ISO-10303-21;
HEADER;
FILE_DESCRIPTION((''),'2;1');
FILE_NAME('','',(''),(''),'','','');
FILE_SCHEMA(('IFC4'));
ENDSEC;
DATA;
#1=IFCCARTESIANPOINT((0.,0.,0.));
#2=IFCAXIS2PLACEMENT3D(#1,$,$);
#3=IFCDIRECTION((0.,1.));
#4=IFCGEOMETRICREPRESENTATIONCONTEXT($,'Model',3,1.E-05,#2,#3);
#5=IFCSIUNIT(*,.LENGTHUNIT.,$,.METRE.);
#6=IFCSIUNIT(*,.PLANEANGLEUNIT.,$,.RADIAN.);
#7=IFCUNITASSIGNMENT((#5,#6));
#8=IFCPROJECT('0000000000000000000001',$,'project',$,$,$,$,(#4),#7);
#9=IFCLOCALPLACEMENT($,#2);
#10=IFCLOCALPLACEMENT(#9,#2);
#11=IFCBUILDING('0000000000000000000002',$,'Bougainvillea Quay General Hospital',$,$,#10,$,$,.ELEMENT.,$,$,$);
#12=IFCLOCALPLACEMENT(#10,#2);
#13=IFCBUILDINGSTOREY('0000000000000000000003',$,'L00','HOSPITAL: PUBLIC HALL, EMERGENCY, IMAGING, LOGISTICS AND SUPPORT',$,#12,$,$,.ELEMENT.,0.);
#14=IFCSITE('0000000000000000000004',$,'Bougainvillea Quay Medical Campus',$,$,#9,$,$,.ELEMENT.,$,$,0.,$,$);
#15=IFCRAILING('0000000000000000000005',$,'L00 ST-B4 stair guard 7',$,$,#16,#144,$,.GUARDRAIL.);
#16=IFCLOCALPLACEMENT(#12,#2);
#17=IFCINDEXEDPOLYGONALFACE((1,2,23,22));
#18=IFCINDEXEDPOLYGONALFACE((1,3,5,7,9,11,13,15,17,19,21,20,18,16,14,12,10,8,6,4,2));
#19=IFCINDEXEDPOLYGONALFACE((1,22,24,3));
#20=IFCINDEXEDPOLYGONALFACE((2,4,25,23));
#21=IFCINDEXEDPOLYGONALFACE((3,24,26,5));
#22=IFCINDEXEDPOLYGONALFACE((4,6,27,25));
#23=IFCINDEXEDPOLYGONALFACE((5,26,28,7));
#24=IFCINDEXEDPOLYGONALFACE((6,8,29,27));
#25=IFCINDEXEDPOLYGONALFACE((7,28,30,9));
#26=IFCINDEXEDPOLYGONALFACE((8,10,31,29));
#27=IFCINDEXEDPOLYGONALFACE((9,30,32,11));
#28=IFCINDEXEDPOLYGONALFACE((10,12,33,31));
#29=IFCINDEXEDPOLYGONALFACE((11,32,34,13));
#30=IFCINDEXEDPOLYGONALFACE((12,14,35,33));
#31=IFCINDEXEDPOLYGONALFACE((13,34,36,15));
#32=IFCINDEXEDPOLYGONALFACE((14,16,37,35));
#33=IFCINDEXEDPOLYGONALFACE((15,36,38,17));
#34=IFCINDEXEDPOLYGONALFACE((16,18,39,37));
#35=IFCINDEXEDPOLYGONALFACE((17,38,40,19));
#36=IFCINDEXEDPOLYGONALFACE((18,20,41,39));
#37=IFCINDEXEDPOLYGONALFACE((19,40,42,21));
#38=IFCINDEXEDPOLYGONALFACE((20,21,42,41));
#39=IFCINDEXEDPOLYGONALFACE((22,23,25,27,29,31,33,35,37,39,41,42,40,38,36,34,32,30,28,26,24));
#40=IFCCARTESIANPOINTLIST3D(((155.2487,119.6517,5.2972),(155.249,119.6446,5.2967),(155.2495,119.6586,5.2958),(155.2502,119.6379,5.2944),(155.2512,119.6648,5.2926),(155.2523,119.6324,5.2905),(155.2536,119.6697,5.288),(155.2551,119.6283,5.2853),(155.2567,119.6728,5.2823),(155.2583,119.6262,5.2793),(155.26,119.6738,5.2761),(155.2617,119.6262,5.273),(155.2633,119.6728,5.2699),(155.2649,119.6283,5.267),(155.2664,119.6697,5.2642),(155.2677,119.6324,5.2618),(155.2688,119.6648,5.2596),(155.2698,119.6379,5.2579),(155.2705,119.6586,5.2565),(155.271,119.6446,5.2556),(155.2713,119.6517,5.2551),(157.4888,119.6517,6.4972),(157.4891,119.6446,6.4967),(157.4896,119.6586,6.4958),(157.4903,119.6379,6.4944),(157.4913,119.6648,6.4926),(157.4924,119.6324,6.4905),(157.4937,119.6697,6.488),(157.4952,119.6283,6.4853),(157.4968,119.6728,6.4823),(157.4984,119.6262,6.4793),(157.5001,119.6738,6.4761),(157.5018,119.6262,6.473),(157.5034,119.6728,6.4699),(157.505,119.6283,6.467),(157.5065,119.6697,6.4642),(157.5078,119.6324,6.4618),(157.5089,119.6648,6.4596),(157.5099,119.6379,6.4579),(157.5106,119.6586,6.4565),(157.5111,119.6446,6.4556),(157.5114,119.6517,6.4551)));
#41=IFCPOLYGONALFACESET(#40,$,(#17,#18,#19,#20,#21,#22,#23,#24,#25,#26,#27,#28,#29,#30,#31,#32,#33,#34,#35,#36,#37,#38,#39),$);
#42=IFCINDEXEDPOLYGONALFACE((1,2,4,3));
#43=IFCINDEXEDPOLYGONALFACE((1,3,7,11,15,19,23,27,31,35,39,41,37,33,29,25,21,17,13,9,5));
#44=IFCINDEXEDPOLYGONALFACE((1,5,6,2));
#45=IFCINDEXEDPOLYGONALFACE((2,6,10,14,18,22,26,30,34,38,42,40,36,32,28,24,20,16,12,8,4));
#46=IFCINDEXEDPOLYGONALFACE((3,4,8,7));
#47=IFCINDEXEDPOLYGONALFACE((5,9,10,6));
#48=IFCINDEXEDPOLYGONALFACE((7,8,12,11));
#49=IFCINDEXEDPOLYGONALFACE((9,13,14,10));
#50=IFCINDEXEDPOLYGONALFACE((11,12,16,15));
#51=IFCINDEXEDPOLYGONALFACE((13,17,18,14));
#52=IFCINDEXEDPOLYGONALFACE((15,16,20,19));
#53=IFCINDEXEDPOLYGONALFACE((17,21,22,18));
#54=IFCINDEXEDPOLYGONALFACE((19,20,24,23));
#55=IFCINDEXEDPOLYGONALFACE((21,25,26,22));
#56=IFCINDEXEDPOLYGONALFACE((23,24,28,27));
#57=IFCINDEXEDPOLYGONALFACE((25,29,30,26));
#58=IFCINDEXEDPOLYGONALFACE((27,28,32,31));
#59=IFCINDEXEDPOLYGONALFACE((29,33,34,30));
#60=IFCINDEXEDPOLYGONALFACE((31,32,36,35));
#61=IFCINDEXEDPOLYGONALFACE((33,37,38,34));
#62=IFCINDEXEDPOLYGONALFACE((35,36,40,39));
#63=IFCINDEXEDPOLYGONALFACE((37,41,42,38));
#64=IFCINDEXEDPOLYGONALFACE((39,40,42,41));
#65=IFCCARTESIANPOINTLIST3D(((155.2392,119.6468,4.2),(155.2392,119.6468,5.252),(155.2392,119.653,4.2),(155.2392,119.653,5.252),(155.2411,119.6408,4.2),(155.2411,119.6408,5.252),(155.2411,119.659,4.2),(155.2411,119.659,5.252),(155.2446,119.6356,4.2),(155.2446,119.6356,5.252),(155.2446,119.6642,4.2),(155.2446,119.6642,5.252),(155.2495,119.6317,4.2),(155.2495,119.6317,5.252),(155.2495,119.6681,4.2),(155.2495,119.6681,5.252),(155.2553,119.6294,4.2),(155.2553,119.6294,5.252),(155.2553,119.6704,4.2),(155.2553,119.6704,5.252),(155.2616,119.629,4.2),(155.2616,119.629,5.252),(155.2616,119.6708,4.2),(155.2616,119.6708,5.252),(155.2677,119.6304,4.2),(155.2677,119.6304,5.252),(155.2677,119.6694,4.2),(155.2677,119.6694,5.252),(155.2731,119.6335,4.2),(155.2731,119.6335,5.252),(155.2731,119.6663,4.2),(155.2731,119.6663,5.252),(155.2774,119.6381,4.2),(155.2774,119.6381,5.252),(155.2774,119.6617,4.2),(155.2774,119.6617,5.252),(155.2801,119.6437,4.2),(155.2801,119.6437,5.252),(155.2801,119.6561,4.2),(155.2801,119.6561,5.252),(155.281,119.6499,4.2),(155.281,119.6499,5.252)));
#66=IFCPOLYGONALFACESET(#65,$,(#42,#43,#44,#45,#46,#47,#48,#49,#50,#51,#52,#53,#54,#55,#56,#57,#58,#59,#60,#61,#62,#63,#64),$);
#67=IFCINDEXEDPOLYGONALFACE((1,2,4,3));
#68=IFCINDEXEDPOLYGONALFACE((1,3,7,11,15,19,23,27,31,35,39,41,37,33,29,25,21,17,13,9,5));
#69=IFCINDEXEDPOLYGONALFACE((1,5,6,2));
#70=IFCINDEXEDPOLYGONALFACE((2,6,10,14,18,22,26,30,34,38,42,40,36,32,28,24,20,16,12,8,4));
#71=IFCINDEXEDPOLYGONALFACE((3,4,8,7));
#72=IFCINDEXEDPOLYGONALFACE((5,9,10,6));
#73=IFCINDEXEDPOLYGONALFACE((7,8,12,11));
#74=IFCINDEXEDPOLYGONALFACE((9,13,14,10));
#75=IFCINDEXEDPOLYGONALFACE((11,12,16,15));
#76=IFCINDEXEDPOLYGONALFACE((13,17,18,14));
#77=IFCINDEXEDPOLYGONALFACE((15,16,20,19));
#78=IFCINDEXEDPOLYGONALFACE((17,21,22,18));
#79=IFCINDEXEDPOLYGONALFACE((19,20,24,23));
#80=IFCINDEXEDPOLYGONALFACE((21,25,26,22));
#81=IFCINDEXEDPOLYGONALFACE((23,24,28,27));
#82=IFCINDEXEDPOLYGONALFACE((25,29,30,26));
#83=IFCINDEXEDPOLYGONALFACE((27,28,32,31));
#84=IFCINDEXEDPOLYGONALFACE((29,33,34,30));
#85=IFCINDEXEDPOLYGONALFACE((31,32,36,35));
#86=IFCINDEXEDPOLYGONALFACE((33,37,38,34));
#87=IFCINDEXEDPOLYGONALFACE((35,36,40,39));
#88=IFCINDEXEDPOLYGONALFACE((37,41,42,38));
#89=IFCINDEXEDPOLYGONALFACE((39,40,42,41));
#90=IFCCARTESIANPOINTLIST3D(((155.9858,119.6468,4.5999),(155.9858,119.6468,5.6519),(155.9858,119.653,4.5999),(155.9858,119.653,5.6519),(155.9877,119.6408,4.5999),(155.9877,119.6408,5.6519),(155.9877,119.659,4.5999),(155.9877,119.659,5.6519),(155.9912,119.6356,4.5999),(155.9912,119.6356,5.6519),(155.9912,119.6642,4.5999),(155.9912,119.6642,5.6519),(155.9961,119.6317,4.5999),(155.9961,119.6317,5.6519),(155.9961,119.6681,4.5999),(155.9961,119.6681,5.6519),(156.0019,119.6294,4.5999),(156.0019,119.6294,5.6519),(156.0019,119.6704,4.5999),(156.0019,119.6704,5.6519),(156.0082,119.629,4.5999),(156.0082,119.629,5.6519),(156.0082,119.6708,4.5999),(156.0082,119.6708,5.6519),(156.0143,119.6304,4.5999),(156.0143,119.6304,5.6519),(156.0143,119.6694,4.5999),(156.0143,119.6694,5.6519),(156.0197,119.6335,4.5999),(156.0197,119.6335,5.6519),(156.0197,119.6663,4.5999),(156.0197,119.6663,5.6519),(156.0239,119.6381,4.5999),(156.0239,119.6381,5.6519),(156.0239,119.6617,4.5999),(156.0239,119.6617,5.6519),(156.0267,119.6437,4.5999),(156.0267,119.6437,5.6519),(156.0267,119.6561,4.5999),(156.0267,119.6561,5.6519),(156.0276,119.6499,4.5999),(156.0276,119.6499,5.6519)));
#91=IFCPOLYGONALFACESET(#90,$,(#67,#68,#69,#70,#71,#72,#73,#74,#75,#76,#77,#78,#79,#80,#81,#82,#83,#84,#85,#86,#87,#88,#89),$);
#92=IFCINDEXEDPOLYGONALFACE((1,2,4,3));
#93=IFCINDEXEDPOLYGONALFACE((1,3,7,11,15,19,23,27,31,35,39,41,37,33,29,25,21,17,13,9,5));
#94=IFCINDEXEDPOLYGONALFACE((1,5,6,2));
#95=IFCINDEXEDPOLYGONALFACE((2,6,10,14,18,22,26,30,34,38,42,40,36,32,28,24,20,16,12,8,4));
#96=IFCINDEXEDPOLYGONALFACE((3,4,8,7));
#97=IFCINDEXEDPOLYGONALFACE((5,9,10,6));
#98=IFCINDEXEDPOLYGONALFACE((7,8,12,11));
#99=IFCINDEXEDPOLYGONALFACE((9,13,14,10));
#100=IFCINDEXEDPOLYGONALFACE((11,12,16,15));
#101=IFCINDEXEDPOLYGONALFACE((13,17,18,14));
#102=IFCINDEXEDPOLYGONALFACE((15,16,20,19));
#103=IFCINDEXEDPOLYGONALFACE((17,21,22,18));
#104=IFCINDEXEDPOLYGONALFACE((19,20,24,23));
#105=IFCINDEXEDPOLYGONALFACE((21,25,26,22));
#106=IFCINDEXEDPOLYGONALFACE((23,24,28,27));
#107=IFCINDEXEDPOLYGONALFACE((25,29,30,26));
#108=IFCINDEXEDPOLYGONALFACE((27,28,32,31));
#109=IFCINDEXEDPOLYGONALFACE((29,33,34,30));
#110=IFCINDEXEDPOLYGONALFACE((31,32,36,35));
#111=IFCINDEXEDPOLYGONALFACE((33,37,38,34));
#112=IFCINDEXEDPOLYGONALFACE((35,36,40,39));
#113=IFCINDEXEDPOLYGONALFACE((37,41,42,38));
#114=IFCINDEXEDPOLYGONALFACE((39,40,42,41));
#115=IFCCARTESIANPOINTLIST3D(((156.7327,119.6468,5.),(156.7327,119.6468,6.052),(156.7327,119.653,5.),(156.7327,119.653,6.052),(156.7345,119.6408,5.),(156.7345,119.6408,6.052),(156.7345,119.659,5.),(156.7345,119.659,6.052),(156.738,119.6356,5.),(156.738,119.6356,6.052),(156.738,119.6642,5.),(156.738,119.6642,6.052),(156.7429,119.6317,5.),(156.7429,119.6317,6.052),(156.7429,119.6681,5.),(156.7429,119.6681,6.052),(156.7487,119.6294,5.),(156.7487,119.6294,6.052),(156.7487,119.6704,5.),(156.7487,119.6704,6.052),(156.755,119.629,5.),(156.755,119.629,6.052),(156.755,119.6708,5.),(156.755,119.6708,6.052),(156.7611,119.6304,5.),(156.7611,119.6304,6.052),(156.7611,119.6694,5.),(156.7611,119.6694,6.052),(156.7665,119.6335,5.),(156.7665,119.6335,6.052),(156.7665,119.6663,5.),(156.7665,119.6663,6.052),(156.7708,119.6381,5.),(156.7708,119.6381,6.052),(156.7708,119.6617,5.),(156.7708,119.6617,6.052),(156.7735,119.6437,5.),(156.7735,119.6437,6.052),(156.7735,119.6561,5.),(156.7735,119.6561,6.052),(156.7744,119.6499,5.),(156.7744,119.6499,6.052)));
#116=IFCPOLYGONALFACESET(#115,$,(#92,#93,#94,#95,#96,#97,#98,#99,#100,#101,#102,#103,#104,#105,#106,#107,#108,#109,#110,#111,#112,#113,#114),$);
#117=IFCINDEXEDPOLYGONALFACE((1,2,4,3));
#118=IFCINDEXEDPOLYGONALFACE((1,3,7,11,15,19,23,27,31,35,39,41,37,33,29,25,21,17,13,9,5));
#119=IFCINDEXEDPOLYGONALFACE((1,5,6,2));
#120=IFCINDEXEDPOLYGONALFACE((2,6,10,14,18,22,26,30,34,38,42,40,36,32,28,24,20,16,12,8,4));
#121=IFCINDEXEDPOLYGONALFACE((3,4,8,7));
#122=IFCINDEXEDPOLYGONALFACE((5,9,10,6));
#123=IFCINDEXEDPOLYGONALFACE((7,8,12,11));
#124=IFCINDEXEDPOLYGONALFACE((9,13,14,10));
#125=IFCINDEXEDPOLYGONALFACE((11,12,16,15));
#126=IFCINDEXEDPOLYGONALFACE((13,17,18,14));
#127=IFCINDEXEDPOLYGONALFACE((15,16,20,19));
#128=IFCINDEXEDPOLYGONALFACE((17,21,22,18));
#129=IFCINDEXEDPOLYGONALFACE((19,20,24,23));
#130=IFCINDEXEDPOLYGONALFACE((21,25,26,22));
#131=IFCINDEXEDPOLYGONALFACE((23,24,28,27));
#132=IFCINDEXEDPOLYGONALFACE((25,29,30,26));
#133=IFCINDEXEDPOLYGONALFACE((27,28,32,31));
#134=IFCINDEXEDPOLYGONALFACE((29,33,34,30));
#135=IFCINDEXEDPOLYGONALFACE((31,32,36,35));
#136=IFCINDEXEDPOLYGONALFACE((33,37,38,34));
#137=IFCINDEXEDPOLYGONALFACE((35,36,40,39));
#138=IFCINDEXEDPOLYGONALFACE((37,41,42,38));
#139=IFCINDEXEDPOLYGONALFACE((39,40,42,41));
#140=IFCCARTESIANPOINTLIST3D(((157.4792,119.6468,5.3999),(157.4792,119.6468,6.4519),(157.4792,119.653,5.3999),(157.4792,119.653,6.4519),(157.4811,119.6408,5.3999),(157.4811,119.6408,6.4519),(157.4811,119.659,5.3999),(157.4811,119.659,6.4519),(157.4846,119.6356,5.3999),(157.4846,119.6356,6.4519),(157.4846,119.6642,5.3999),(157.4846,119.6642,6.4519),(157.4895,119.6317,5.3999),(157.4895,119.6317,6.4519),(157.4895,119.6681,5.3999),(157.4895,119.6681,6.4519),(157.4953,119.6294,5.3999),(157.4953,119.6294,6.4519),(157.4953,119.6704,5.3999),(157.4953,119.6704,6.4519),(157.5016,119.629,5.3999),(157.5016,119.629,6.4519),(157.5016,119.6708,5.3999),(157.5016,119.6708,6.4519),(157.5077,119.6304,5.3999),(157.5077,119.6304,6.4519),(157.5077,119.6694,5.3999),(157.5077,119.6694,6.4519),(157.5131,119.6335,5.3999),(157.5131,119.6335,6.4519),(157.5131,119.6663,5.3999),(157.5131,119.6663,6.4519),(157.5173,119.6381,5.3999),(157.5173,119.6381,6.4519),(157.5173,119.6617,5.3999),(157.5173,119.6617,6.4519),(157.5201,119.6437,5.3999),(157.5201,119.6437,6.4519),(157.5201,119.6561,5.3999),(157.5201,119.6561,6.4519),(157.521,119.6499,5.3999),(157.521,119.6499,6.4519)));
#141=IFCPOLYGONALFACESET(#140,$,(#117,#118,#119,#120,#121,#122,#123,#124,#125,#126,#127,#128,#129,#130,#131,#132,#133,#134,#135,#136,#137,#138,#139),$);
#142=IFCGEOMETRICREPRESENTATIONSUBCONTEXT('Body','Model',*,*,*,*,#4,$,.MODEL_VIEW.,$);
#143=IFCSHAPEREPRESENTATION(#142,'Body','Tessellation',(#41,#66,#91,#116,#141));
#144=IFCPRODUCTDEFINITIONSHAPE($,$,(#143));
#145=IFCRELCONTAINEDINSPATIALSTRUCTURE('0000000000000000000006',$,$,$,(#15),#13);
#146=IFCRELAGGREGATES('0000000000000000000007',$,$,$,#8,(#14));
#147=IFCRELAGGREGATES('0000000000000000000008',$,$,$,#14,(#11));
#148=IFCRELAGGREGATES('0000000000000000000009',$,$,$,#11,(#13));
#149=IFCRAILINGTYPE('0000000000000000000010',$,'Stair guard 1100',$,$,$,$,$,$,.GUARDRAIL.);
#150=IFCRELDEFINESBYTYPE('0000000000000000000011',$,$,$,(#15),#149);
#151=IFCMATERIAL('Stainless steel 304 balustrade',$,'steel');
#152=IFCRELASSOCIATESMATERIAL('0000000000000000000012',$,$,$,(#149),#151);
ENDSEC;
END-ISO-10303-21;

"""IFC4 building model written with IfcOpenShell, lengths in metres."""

from ifc_helpers import new_model, si_unit, direction, frame, origin, origin_2d, place, context, subcontext, project, spatial, circle, extrude, material, type_object, element, save


model = new_model("IFC4")

# Units and contexts
model_context = context("Model", 3, precision=1e-05, world=origin(), true_north=direction((0.0, 1.0)))
body_context = subcontext(model_context, "Body", "Model", "MODEL_VIEW")
ifc_project = project(units=[si_unit("LENGTHUNIT", "METRE"), si_unit("PLANEANGLEUNIT", "RADIAN")], contexts=[model_context])

# Site, building, storey
site_placement = place(None, origin())
site = spatial("IfcSite", under=ifc_project, at=site_placement, Name="Bougainvillea Quay Medical Campus", CompositionType="ELEMENT", RefElevation=0.0)
building_placement = place(site_placement, origin())
building = spatial("IfcBuilding", under=site, at=building_placement, Name="Bougainvillea Quay General Hospital", CompositionType="ELEMENT")
storey_placement = place(building_placement, origin())
storey = spatial("IfcBuildingStorey", under=building, at=storey_placement, Name="L00", Description="HOSPITAL: PUBLIC HALL, EMERGENCY, IMAGING, LOGISTICS AND SUPPORT", CompositionType="ELEMENT", Elevation=0.0)

# Railing
ifc_material_1 = material(Name="Stainless steel 304 balustrade", Category="steel")
railing_type_1 = type_object("IfcRailingType", Name="Stair guard 1100", PredefinedType="GUARDRAIL", material=ifc_material_1)
railing_1_placement = place(storey_placement, frame((155.26, 119.6499, 4.2)))
element("IfcRailing", 1, at=railing_1_placement, inside=storey, type_object=railing_type_1, Name="L00 ST-B4 stair guard 7", PredefinedType="GUARDRAIL", context=body_context, shape_type="SweptSolid", body=[
    extrude(circle(Radius=0.0239, at=origin_2d()), frame((0.0, 0.0, 1.0762), z_axis=(0.881487, 0.0, 0.472208), x_axis=(0.0, 1.0, 0.0)), (0.0, 0.0, 1.0), 2.5413),
    extrude(circle(Radius=0.021, at=origin_2d()), origin(), (0.0, 0.0, 1.0), 1.052),
    extrude(circle(Radius=0.021, at=origin_2d()), frame((0.7466, 0.0, 0.3999)), (0.0, 0.0, 1.0), 1.052),
    extrude(circle(Radius=0.021, at=origin_2d()), frame((1.4934, 0.0, 0.8)), (0.0, 0.0, 1.0), 1.052),
    extrude(circle(Radius=0.021, at=origin_2d()), frame((2.24, 0.0, 1.2)), (0.0, 0.0, 1.0), 1.052),
])

save(model, "model.ifc")
